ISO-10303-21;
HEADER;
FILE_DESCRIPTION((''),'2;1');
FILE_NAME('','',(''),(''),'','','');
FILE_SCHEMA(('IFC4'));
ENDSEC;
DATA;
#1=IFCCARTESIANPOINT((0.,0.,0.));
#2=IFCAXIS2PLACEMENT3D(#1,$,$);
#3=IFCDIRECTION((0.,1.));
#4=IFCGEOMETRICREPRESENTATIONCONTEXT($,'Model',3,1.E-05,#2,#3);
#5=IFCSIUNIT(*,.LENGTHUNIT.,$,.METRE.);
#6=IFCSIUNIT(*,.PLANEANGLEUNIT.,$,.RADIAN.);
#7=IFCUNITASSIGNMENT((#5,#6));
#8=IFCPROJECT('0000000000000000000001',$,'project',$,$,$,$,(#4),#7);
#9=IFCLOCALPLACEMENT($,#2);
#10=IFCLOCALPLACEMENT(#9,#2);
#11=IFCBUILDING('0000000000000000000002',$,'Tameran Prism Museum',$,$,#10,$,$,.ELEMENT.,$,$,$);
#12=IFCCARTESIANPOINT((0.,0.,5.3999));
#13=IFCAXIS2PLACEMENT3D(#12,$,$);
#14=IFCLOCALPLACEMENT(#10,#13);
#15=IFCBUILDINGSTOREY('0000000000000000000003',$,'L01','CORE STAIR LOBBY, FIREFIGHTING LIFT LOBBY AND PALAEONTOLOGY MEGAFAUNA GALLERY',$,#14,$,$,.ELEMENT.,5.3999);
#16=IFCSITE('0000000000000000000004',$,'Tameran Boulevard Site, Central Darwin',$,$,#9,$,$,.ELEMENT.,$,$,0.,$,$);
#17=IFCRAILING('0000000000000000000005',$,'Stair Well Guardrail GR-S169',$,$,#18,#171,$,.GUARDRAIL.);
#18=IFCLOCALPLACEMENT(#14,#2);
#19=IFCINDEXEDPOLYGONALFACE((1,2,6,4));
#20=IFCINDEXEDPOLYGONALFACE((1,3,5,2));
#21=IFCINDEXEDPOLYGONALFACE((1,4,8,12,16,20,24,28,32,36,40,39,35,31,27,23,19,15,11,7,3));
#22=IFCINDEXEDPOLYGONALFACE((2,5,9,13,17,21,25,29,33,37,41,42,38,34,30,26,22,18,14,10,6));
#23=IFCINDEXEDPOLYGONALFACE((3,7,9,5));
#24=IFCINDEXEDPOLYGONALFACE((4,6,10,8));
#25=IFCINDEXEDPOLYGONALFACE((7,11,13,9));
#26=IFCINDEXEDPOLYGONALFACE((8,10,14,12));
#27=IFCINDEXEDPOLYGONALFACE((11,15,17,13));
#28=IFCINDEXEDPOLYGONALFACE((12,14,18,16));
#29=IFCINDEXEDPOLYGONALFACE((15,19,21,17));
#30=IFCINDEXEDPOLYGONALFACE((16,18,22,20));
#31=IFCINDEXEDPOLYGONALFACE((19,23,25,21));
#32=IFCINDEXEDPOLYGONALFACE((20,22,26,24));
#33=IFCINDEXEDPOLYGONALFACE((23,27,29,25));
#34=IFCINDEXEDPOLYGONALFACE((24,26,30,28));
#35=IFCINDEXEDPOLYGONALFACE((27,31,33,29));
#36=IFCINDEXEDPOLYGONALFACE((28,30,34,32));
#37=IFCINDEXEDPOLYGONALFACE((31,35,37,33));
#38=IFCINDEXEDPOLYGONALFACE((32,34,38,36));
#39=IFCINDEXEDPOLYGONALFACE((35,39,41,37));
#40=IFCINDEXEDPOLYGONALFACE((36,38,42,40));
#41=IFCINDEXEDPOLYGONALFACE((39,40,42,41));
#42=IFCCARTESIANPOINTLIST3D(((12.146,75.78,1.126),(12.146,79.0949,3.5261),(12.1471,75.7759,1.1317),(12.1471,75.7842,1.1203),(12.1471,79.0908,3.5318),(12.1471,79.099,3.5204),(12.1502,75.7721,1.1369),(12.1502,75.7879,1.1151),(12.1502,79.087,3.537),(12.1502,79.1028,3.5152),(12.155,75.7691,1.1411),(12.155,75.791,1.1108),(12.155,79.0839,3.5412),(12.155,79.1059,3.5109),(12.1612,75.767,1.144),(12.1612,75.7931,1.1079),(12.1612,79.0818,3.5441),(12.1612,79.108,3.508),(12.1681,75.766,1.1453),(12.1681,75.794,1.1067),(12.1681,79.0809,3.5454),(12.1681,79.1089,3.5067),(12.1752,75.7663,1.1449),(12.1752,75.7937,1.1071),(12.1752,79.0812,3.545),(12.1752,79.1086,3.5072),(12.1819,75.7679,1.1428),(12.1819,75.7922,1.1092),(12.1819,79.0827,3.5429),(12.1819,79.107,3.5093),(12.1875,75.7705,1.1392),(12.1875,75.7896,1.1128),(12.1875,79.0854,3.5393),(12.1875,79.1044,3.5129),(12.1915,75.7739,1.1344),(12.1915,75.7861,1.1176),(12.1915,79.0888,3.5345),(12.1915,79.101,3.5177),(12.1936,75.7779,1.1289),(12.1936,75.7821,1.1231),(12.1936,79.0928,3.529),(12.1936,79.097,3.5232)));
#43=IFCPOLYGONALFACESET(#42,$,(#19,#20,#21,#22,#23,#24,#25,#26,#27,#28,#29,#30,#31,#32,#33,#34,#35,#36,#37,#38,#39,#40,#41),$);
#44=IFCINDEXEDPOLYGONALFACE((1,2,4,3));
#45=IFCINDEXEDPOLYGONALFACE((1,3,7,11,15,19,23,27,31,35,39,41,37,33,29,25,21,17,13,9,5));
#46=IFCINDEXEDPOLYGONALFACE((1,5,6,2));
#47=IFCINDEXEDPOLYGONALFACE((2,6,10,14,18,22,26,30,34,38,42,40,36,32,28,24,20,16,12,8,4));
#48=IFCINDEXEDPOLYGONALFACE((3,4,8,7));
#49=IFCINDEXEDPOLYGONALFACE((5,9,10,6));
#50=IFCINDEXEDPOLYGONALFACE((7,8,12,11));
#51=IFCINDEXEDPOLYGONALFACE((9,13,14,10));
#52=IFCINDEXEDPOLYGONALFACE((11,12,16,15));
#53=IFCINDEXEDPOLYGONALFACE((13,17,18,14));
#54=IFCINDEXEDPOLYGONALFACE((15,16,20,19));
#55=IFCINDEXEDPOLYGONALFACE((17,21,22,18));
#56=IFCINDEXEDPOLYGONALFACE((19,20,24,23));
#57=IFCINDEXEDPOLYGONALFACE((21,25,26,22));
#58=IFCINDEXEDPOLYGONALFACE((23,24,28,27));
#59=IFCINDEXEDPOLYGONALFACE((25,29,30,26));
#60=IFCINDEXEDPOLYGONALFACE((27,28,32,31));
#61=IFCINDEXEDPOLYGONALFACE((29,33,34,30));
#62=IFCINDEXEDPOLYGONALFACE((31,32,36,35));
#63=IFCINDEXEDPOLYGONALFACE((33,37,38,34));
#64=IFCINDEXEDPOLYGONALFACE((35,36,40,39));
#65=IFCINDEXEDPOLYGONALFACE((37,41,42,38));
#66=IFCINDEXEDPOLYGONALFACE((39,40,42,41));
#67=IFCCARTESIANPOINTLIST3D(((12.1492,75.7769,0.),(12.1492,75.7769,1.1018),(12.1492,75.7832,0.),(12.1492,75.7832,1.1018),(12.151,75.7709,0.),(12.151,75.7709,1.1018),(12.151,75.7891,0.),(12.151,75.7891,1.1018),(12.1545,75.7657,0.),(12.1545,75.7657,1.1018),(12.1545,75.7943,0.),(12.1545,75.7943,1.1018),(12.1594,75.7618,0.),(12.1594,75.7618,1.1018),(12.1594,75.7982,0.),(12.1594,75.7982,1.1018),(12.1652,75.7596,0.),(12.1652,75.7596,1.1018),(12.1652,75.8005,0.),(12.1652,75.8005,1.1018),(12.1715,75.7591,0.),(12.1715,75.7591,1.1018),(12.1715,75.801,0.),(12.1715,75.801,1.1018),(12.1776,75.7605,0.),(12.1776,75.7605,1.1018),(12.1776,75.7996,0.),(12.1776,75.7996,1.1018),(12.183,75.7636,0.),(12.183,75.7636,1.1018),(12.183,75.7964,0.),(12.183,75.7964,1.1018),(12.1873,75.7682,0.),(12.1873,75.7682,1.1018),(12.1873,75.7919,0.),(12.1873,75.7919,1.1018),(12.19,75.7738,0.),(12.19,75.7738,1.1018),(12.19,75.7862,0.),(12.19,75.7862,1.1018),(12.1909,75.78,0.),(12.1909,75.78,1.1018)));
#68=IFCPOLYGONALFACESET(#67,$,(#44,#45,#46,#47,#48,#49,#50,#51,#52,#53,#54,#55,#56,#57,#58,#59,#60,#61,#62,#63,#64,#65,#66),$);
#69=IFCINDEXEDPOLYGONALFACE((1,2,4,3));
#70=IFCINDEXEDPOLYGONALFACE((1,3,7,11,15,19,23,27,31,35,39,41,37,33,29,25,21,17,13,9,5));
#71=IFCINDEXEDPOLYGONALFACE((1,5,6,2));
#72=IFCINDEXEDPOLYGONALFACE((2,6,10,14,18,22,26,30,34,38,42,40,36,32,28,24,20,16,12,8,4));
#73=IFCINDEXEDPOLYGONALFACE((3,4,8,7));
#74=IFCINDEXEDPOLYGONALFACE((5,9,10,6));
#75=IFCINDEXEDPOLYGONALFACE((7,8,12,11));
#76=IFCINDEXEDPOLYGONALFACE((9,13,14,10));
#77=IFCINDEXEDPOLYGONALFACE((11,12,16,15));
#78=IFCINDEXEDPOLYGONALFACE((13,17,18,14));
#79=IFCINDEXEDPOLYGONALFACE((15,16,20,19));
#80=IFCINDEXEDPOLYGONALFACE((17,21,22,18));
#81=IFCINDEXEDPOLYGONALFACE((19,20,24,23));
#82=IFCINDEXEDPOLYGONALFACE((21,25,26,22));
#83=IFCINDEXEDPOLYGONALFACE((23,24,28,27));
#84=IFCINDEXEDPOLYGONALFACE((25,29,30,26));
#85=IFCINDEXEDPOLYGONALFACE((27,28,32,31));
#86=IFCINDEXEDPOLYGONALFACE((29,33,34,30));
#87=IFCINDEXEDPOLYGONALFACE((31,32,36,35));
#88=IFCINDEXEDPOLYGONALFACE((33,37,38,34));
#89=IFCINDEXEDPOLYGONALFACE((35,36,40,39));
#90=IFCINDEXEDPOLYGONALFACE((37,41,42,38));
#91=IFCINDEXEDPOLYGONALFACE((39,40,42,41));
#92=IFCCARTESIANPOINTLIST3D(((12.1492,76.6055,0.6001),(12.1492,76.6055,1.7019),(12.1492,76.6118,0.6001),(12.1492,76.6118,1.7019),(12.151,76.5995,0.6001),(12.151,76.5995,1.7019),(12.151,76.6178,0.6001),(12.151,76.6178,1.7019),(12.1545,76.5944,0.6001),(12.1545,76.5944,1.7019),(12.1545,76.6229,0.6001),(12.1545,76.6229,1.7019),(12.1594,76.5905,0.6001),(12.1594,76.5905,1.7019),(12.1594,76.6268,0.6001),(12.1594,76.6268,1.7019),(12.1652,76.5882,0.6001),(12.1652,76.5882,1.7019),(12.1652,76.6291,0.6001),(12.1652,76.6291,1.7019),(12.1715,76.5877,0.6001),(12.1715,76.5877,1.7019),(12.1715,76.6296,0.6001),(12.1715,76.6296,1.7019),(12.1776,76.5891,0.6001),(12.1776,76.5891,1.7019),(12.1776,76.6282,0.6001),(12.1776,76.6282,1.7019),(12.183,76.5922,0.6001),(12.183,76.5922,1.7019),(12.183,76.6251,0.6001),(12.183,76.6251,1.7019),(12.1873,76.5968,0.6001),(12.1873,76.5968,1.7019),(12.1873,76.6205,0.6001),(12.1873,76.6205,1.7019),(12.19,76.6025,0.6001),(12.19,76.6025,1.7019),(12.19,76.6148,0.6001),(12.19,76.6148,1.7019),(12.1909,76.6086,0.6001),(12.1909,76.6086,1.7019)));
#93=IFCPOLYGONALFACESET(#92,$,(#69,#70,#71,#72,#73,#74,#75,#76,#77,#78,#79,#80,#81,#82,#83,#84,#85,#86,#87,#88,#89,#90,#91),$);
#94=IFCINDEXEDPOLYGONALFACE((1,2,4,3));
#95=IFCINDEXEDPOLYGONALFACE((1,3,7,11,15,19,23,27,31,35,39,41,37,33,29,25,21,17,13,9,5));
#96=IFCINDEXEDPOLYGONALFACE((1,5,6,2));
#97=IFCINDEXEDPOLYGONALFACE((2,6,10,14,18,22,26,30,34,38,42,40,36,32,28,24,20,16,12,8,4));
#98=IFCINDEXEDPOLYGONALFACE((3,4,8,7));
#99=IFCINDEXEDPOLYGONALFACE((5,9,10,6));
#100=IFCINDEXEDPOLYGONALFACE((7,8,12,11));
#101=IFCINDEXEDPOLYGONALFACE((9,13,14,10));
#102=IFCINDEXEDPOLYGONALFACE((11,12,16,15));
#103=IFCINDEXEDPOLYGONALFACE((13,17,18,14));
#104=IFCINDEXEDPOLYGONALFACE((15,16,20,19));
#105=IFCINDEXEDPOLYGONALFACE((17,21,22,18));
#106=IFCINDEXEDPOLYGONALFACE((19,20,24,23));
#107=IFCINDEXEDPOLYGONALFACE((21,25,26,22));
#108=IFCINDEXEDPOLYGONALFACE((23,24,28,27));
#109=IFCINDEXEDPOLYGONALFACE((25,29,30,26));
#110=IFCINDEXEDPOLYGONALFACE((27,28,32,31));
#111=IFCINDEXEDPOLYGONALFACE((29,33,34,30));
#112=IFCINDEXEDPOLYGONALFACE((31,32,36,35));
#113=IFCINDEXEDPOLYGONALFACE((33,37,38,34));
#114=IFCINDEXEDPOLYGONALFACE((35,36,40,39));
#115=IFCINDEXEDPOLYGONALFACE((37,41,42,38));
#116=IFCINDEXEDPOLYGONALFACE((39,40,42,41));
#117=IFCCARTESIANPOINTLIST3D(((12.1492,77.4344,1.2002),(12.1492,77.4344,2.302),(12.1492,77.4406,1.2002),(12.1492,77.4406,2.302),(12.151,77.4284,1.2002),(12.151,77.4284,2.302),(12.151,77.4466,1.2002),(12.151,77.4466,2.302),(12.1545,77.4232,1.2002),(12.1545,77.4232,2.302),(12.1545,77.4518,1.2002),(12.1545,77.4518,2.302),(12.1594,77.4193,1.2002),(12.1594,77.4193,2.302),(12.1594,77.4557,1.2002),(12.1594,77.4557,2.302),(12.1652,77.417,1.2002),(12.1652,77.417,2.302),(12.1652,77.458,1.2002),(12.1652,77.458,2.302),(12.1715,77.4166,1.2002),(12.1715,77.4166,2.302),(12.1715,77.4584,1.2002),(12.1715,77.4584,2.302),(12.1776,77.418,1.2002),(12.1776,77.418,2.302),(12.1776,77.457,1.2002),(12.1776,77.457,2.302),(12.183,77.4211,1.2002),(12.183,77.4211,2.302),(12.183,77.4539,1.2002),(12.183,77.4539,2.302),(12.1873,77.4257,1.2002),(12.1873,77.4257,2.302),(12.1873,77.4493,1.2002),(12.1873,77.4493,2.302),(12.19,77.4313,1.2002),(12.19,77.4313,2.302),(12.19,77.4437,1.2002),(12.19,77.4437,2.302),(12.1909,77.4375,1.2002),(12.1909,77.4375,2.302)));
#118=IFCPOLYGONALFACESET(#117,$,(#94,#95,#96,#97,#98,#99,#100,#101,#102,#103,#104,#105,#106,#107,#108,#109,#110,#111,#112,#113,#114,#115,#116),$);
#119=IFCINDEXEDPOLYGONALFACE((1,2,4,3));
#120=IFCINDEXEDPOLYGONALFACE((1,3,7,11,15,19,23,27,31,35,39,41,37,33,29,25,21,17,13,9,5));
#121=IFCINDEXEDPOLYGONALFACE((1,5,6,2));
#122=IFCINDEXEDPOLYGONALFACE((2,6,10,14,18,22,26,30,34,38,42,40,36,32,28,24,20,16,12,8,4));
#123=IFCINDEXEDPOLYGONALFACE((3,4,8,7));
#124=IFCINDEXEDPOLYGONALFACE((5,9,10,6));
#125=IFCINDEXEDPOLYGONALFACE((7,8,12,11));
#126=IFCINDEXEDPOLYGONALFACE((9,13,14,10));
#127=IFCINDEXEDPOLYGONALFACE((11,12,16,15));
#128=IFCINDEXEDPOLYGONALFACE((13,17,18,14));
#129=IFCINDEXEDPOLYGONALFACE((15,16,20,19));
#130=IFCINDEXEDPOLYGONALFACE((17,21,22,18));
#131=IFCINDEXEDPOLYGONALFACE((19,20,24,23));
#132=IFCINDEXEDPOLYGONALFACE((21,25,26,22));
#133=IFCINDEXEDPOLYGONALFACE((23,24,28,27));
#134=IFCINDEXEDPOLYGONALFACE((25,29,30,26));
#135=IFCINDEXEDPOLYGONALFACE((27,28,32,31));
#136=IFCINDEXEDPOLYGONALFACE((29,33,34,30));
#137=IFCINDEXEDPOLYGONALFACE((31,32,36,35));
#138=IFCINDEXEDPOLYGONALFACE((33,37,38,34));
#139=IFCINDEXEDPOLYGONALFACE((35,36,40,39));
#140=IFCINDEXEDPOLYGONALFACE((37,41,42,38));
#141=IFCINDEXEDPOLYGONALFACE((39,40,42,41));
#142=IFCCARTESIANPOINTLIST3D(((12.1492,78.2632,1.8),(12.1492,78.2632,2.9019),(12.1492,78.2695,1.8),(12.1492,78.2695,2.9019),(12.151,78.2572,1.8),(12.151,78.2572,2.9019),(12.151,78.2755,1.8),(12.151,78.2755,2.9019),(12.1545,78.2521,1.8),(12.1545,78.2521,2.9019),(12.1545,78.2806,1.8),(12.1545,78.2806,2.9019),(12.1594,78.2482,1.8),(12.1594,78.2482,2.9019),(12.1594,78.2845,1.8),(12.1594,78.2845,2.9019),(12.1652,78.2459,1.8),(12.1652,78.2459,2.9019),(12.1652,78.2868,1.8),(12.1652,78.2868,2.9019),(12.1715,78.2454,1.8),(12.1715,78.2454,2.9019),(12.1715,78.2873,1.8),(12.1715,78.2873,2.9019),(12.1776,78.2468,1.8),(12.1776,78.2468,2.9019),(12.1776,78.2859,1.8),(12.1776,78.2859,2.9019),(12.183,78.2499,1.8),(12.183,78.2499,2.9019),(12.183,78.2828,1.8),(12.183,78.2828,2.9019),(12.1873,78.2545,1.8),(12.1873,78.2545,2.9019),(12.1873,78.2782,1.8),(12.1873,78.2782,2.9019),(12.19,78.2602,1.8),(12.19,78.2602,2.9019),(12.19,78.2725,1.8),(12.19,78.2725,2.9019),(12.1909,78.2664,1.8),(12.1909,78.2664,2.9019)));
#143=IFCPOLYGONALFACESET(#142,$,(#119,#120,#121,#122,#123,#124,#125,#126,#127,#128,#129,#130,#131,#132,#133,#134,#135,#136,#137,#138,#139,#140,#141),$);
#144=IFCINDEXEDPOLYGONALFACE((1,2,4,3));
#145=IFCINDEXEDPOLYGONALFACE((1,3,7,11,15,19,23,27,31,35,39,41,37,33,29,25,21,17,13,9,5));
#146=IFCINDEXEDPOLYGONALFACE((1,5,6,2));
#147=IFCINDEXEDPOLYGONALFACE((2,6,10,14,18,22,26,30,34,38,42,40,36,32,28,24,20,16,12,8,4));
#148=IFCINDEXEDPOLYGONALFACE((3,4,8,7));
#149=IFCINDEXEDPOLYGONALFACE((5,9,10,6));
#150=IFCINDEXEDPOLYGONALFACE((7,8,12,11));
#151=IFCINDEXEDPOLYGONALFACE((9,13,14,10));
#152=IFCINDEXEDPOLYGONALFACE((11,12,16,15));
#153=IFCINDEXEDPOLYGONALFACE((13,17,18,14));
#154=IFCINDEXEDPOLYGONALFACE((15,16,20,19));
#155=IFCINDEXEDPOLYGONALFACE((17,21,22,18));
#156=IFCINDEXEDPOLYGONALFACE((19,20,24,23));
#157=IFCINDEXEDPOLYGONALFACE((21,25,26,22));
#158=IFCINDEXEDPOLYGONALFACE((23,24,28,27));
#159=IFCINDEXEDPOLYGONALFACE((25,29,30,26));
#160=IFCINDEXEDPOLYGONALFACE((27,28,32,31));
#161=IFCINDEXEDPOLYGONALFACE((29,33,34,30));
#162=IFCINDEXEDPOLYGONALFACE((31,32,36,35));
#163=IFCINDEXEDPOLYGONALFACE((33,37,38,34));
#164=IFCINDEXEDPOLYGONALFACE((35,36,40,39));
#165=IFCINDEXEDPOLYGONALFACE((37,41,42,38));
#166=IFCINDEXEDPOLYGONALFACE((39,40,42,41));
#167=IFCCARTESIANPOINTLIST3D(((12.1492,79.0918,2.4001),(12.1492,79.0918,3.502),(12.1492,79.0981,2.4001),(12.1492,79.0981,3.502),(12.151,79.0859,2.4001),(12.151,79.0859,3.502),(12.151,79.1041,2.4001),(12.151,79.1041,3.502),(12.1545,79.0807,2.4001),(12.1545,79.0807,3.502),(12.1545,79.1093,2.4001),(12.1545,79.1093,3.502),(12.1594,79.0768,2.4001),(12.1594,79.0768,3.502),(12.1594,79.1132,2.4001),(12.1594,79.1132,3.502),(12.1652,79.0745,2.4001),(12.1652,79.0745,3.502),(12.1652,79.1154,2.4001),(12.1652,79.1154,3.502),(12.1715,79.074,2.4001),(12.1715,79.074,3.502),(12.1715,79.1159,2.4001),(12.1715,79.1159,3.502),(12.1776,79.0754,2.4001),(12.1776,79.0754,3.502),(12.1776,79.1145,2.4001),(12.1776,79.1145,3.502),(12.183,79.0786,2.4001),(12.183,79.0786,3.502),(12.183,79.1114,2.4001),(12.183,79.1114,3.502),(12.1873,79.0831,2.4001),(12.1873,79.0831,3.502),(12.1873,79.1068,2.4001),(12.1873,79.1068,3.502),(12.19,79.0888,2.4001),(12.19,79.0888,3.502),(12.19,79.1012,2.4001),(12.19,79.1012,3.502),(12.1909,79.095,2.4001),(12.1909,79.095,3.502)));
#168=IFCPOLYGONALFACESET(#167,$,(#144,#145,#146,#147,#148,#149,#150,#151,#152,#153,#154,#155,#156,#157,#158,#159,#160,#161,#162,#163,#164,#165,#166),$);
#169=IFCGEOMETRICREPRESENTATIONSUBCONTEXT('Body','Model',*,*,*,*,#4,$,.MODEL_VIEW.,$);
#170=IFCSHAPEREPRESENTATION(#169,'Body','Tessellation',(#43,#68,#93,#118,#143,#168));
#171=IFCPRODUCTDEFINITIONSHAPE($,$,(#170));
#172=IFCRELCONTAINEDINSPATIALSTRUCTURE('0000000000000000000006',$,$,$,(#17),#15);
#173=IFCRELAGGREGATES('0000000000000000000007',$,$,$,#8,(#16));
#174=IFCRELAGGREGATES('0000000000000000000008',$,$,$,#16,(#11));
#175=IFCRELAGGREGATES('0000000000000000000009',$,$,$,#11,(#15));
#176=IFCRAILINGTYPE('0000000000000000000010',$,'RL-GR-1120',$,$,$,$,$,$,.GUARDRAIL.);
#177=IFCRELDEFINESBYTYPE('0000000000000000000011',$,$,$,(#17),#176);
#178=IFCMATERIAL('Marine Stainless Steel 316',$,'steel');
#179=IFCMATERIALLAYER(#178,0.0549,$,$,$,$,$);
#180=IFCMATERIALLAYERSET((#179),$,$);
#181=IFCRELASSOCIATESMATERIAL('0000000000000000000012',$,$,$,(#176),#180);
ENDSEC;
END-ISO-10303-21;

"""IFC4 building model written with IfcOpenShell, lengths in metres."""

from ifc_helpers import new_model, si_unit, direction, frame, origin, origin_2d, place, context, subcontext, project, spatial, circle, extrude, material, layer, layer_set, type_object, element, save


model = new_model("IFC4")

# Units and contexts
model_context = context("Model", 3, precision=1e-05, world=origin(), true_north=direction((0.0, 1.0)))
body_context = subcontext(model_context, "Body", "Model", "MODEL_VIEW")
ifc_project = project(units=[si_unit("LENGTHUNIT", "METRE"), si_unit("PLANEANGLEUNIT", "RADIAN")], contexts=[model_context])

# Site, building, storey
site_placement = place(None, origin())
site = spatial("IfcSite", under=ifc_project, at=site_placement, Name="Tameran Boulevard Site, Central Darwin", CompositionType="ELEMENT", RefElevation=0.0)
building_placement = place(site_placement, origin())
building = spatial("IfcBuilding", under=site, at=building_placement, Name="Tameran Prism Museum", CompositionType="ELEMENT")
storey_placement = place(building_placement, frame((0.0, 0.0, 5.3999)))
storey = spatial("IfcBuildingStorey", under=building, at=storey_placement, Name="L01", Description="CORE STAIR LOBBY, FIREFIGHTING LIFT LOBBY AND PALAEONTOLOGY MEGAFAUNA GALLERY", CompositionType="ELEMENT", Elevation=5.3999)

# Railing
ifc_material_1 = material(Name="Marine Stainless Steel 316", Category="steel")
ifc_layer_1 = layer(ifc_material_1, 0.0549)
ifc_layer_set_1 = layer_set([ifc_layer_1])
railing_type_1 = type_object("IfcRailingType", Name="RL-GR-1120", PredefinedType="GUARDRAIL", material=ifc_layer_set_1)
railing_1_placement = place(storey_placement, frame((12.1699, 75.78, 0.0)))
element("IfcRailing", 1, at=railing_1_placement, inside=storey, type_object=railing_type_1, Name="Stair Well Guardrail GR-S169", PredefinedType="GUARDRAIL", context=body_context, shape_type="SweptSolid", body=[
    extrude(circle(Radius=0.0239, at=origin_2d()), frame((0.0, 0.0, 1.126), z_axis=(0.0, 0.80998, 0.586457), x_axis=(-1.0, 0.0, 0.0)), (0.0, 0.0, 1.0), 4.0925),
    extrude(circle(Radius=0.021, at=origin_2d()), origin(), (0.0, 0.0, 1.0), 1.1018),
    extrude(circle(Radius=0.021, at=origin_2d()), frame((0.0, 0.8286, 0.6001)), (0.0, 0.0, 1.0), 1.1018),
    extrude(circle(Radius=0.021, at=origin_2d()), frame((0.0, 1.6575, 1.2002)), (0.0, 0.0, 1.0), 1.1018),
    extrude(circle(Radius=0.021, at=origin_2d()), frame((0.0, 2.4863, 1.8)), (0.0, 0.0, 1.0), 1.1018),
    extrude(circle(Radius=0.021, at=origin_2d()), frame((0.0, 3.3149, 2.4001)), (0.0, 0.0, 1.0), 1.1018),
])

save(model, "model.ifc")
